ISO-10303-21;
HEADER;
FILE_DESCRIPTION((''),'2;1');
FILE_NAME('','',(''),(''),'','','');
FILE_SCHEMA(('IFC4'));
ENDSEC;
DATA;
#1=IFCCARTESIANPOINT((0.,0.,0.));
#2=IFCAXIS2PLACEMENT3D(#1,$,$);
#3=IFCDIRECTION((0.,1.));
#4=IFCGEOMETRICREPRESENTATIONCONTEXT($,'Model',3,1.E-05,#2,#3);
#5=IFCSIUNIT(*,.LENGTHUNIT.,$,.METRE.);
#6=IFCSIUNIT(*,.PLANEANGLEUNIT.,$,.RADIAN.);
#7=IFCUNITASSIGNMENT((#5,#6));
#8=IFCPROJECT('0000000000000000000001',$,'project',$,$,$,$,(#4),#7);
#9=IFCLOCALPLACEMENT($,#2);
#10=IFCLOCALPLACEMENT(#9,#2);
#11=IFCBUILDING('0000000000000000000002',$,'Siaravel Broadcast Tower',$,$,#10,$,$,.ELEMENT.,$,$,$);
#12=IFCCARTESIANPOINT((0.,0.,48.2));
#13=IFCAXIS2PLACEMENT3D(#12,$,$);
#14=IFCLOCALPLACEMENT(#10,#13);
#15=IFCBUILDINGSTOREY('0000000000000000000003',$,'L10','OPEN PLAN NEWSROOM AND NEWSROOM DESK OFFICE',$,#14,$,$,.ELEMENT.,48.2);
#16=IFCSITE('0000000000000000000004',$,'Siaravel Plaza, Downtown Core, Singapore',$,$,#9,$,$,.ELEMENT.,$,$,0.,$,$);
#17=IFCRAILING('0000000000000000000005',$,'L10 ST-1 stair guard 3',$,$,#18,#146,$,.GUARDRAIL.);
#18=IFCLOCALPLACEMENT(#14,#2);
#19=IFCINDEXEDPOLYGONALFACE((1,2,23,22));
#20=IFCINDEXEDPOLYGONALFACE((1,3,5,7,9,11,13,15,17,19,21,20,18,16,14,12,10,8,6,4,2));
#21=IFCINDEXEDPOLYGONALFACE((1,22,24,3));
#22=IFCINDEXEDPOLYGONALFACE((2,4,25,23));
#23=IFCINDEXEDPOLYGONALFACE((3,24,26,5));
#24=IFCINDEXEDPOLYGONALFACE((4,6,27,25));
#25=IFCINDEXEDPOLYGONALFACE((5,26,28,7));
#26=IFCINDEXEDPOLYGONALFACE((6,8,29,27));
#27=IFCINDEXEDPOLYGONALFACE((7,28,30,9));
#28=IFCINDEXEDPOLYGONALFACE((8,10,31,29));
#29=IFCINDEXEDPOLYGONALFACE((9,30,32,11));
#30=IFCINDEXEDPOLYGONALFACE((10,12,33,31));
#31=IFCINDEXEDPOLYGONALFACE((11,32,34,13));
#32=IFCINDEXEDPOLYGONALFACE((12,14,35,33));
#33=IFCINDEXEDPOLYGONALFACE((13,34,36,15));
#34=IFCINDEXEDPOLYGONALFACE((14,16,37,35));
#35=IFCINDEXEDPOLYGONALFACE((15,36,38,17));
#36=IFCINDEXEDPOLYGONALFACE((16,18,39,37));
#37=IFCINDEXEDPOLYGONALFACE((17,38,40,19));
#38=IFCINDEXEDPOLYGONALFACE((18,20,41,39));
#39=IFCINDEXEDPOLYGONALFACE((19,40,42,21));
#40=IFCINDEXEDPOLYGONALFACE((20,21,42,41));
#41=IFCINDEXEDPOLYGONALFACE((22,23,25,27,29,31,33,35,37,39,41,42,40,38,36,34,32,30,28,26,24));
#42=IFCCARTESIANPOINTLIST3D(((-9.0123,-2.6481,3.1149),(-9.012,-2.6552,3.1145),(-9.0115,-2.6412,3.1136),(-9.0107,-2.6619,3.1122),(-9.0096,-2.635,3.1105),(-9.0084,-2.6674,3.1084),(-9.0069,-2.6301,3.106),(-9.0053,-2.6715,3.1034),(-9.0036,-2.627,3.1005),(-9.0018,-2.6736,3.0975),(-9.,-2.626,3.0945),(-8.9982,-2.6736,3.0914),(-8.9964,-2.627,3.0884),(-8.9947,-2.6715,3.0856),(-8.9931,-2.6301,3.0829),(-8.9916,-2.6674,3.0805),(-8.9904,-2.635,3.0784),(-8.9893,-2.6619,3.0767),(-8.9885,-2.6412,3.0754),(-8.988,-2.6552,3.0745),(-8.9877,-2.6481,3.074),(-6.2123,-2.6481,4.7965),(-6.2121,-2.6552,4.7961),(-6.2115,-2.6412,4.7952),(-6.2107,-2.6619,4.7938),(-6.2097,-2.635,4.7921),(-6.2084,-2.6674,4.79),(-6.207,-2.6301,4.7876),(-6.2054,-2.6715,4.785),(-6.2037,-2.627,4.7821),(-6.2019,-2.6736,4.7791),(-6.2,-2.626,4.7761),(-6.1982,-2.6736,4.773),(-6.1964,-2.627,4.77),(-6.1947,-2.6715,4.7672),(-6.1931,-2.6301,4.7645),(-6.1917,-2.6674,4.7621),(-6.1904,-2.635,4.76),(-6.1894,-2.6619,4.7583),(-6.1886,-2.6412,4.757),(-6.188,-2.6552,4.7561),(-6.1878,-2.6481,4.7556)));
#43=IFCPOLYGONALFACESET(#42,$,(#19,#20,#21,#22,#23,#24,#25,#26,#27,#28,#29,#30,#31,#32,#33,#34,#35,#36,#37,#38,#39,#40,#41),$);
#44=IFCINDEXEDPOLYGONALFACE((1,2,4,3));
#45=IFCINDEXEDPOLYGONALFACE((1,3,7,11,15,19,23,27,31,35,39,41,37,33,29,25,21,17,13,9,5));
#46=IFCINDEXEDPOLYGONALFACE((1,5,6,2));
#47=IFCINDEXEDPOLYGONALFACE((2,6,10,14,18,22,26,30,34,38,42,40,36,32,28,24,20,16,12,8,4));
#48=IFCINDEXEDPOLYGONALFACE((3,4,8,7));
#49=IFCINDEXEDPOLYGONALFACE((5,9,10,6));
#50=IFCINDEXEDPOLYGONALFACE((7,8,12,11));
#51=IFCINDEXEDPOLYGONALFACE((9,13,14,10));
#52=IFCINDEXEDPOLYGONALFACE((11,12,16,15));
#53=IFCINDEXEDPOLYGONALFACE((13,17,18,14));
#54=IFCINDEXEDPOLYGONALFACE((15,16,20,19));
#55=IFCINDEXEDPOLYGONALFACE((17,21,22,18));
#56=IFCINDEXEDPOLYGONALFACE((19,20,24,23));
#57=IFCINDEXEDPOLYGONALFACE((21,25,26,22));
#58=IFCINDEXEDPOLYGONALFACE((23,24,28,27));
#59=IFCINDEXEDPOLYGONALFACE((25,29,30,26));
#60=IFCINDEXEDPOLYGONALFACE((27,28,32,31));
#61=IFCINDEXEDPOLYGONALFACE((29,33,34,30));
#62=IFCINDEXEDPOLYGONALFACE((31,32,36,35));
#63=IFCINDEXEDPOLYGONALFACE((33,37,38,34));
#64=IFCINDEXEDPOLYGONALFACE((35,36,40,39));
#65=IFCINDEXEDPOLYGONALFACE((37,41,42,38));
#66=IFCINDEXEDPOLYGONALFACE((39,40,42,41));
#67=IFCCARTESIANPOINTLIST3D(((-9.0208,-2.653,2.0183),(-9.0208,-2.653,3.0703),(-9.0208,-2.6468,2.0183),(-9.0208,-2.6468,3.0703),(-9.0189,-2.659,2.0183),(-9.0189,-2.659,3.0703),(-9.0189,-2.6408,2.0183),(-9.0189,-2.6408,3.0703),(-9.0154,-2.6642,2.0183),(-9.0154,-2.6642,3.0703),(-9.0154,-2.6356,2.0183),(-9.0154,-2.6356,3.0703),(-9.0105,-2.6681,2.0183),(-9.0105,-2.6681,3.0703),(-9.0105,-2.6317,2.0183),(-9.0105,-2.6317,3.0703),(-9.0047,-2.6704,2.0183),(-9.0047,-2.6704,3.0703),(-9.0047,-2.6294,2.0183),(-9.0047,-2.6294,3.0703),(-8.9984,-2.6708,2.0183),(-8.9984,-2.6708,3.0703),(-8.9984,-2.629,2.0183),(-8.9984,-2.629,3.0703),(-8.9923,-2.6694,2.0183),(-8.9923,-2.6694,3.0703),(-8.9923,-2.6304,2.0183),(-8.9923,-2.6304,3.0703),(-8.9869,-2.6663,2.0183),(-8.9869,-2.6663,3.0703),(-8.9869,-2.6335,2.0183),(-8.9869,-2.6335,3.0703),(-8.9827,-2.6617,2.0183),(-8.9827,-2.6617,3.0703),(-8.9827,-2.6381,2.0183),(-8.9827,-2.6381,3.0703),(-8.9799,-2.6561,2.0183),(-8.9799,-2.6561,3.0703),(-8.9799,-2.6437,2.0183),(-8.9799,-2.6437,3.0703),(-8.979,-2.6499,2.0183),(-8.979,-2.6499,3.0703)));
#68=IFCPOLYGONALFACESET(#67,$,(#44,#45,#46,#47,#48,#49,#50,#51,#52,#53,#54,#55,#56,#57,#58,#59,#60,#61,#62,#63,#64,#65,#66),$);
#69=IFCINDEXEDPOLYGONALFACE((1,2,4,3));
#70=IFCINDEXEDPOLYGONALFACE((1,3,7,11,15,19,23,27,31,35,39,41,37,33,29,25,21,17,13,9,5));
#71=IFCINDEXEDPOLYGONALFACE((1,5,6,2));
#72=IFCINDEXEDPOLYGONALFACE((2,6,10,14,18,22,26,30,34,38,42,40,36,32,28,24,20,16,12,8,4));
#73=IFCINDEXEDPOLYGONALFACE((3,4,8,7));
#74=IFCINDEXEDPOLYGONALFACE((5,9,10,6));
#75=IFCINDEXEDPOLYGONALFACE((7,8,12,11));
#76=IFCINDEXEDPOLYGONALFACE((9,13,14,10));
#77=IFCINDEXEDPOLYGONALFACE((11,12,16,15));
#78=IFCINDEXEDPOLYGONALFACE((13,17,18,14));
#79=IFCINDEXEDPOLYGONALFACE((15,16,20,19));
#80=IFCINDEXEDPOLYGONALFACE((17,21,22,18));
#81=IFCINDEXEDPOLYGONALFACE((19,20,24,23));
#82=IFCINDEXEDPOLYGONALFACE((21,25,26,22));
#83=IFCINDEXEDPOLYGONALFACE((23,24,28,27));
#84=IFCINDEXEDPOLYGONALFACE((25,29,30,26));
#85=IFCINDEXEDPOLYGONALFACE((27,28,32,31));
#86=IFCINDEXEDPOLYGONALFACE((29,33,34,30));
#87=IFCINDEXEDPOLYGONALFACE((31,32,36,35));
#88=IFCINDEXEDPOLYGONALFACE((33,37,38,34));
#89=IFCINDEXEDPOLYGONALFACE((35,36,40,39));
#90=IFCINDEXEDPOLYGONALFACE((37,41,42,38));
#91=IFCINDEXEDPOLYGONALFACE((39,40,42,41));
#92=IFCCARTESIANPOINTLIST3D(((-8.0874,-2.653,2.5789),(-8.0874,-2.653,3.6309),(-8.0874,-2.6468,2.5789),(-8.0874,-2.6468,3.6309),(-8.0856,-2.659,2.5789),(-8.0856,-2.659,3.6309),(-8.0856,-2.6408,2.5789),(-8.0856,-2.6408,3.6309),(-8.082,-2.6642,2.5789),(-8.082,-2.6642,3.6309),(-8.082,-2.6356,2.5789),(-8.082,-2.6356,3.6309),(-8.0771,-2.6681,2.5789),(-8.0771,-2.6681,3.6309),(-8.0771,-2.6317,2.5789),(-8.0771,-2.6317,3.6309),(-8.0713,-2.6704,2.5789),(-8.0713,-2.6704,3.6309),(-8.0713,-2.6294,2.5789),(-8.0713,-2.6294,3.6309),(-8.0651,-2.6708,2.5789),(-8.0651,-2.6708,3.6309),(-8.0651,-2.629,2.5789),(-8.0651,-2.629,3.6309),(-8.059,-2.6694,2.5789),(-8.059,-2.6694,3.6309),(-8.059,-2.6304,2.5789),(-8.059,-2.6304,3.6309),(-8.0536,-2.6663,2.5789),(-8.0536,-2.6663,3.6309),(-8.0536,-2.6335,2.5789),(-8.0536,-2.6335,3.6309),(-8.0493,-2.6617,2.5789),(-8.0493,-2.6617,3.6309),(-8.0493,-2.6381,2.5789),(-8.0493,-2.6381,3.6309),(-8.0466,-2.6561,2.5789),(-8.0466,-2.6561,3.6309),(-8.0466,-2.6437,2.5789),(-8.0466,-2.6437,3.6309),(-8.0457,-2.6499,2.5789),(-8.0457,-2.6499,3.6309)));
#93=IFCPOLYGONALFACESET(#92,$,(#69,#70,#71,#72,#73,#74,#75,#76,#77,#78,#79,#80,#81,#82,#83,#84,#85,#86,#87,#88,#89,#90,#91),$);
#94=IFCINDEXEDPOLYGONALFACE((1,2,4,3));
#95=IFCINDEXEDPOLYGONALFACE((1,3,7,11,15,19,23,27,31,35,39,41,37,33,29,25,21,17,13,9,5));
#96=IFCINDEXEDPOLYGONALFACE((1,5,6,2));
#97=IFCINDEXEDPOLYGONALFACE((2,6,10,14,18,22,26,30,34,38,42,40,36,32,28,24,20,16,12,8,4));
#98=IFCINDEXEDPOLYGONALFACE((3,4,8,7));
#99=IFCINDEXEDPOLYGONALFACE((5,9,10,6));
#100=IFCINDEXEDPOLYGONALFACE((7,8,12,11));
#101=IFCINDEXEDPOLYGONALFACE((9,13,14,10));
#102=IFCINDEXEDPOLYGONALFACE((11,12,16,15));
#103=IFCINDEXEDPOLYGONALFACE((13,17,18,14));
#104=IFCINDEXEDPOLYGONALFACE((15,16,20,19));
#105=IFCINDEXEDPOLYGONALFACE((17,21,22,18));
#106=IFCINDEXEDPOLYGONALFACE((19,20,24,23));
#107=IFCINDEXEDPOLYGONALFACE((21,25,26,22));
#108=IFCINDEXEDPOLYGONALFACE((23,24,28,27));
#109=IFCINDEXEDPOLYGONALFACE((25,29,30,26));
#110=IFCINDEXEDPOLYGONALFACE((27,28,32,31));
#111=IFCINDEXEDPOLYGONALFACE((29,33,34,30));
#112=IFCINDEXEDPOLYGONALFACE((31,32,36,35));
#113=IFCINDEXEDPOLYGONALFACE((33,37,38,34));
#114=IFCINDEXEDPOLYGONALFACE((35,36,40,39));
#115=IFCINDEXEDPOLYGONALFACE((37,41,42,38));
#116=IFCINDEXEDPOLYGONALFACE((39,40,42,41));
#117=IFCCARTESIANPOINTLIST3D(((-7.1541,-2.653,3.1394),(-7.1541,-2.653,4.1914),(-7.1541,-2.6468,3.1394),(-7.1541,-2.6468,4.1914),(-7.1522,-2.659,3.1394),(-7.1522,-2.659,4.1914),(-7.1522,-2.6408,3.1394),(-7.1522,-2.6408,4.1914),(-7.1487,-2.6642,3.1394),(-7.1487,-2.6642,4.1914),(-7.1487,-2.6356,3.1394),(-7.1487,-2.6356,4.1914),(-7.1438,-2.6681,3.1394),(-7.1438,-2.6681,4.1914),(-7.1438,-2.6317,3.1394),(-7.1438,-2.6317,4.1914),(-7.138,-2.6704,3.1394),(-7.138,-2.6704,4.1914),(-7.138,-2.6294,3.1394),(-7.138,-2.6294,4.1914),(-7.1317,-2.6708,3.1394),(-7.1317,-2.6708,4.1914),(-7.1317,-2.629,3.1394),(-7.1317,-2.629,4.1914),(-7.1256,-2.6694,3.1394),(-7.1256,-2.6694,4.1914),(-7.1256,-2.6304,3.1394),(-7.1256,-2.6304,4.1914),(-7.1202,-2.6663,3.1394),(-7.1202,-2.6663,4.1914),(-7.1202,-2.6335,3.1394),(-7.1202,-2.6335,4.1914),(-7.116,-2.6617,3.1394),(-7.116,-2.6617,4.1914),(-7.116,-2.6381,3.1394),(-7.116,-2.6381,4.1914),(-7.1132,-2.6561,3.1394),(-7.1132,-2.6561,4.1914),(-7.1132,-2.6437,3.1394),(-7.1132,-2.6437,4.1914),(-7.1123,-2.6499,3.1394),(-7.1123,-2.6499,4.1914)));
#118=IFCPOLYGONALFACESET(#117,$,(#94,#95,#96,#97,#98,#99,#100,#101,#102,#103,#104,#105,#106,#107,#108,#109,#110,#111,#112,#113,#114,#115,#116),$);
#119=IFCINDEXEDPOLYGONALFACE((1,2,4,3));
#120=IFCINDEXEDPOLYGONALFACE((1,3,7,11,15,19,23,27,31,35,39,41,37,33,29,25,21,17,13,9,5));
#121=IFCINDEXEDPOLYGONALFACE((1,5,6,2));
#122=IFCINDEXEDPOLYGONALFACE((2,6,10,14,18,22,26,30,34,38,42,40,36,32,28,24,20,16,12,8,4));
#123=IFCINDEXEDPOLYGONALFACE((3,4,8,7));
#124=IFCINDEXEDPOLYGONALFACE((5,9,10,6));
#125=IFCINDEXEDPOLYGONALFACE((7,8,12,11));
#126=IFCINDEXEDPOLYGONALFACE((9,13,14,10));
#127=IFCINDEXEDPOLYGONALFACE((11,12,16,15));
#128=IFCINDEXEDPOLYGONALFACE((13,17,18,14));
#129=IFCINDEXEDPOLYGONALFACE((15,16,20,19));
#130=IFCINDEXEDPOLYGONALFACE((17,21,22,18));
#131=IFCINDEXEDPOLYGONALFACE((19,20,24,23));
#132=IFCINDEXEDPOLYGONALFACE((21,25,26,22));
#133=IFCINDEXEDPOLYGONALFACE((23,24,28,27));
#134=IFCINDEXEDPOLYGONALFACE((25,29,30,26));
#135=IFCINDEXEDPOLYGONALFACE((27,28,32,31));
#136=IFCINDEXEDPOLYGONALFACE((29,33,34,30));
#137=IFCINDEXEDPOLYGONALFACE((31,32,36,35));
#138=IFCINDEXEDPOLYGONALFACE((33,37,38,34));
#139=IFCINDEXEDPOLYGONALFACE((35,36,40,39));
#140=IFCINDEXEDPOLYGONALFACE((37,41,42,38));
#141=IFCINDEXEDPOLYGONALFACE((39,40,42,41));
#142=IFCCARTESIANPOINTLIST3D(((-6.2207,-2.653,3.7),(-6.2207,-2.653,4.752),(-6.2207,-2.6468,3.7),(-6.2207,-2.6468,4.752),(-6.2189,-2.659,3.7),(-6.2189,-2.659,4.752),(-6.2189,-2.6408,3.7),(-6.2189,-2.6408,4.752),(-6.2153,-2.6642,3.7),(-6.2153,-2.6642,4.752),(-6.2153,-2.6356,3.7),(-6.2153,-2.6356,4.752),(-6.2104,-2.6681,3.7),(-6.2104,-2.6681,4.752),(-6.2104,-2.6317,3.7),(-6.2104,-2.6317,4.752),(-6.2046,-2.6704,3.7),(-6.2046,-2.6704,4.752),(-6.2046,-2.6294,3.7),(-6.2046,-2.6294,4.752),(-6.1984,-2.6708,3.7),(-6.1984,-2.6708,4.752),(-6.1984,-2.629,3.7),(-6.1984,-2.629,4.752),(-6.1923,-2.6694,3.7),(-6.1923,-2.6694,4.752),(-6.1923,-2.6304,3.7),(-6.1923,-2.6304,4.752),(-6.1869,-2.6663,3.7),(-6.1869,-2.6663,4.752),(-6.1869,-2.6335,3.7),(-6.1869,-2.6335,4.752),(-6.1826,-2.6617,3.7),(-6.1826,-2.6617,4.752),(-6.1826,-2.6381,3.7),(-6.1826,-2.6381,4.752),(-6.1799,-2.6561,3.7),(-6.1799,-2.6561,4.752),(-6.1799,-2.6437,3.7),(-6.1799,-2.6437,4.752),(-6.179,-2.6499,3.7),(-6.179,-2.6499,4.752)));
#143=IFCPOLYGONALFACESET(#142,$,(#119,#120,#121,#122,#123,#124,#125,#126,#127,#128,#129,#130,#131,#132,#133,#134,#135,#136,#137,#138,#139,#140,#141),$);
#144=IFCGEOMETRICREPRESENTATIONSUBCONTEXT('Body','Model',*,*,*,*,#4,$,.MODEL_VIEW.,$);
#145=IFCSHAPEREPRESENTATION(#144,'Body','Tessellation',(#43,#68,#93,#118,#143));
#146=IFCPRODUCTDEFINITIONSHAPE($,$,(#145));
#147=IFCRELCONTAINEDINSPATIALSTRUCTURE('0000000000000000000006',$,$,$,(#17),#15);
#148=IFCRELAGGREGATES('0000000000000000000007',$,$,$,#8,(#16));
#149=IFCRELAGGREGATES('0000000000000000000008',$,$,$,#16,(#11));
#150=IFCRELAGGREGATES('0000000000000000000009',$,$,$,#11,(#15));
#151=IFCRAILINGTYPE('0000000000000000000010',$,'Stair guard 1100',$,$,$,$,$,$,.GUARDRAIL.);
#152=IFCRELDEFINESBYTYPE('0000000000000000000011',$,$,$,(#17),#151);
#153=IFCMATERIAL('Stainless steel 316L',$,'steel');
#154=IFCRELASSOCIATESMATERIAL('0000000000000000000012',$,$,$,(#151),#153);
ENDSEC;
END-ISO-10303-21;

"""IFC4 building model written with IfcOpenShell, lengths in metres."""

from ifc_helpers import new_model, si_unit, direction, frame, origin, origin_2d, place, context, subcontext, project, spatial, circle, extrude, material, type_object, element, save


model = new_model("IFC4")

# Units and contexts
model_context = context("Model", 3, precision=1e-05, world=origin(), true_north=direction((0.0, 1.0)))
body_context = subcontext(model_context, "Body", "Model", "MODEL_VIEW")
ifc_project = project(units=[si_unit("LENGTHUNIT", "METRE"), si_unit("PLANEANGLEUNIT", "RADIAN")], contexts=[model_context])

# Site, building, storey
site_placement = place(None, origin())
site = spatial("IfcSite", under=ifc_project, at=site_placement, Name="Siaravel Plaza, Downtown Core, Singapore", CompositionType="ELEMENT", RefElevation=0.0)
building_placement = place(site_placement, origin())
building = spatial("IfcBuilding", under=site, at=building_placement, Name="Siaravel Broadcast Tower", CompositionType="ELEMENT")
storey_placement = place(building_placement, frame((0.0, 0.0, 48.2)))
storey = spatial("IfcBuildingStorey", under=building, at=storey_placement, Name="L10", Description="OPEN PLAN NEWSROOM AND NEWSROOM DESK OFFICE", CompositionType="ELEMENT", Elevation=48.2)

# Shared definitions
ifc_material_1 = material(Name="Stainless steel 316L", Category="steel")

# Railing
railing_type_1 = type_object("IfcRailingType", Name="Stair guard 1100", PredefinedType="GUARDRAIL", material=ifc_material_1)
railing_1_placement = place(storey_placement, frame((-9.0, -2.6499, 2.0183)))
element("IfcRailing", 1, at=railing_1_placement, inside=storey, type_object=railing_type_1, Name="L10 ST-1 stair guard 3", PredefinedType="GUARDRAIL", context=body_context, shape_type="SweptSolid", body=[
    extrude(circle(Radius=0.0239, at=origin_2d()), frame((0.0, 0.0, 1.0762), z_axis=(0.857275, 0.0, 0.514858), x_axis=(0.0, 1.0, 0.0)), (0.0, 0.0, 1.0), 3.2661),
    extrude(circle(Radius=0.021, at=origin_2d()), origin(), (0.0, 0.0, 1.0), 1.052),
    extrude(circle(Radius=0.021, at=origin_2d()), frame((0.9333, 0.0, 0.5605)), (0.0, 0.0, 1.0), 1.052),
    extrude(circle(Radius=0.021, at=origin_2d()), frame((1.8667, 0.0, 1.1211)), (0.0, 0.0, 1.0), 1.052),
    extrude(circle(Radius=0.021, at=origin_2d()), frame((2.8, 0.0, 1.6816)), (0.0, 0.0, 1.0), 1.052),
])

save(model, "model.ifc")
